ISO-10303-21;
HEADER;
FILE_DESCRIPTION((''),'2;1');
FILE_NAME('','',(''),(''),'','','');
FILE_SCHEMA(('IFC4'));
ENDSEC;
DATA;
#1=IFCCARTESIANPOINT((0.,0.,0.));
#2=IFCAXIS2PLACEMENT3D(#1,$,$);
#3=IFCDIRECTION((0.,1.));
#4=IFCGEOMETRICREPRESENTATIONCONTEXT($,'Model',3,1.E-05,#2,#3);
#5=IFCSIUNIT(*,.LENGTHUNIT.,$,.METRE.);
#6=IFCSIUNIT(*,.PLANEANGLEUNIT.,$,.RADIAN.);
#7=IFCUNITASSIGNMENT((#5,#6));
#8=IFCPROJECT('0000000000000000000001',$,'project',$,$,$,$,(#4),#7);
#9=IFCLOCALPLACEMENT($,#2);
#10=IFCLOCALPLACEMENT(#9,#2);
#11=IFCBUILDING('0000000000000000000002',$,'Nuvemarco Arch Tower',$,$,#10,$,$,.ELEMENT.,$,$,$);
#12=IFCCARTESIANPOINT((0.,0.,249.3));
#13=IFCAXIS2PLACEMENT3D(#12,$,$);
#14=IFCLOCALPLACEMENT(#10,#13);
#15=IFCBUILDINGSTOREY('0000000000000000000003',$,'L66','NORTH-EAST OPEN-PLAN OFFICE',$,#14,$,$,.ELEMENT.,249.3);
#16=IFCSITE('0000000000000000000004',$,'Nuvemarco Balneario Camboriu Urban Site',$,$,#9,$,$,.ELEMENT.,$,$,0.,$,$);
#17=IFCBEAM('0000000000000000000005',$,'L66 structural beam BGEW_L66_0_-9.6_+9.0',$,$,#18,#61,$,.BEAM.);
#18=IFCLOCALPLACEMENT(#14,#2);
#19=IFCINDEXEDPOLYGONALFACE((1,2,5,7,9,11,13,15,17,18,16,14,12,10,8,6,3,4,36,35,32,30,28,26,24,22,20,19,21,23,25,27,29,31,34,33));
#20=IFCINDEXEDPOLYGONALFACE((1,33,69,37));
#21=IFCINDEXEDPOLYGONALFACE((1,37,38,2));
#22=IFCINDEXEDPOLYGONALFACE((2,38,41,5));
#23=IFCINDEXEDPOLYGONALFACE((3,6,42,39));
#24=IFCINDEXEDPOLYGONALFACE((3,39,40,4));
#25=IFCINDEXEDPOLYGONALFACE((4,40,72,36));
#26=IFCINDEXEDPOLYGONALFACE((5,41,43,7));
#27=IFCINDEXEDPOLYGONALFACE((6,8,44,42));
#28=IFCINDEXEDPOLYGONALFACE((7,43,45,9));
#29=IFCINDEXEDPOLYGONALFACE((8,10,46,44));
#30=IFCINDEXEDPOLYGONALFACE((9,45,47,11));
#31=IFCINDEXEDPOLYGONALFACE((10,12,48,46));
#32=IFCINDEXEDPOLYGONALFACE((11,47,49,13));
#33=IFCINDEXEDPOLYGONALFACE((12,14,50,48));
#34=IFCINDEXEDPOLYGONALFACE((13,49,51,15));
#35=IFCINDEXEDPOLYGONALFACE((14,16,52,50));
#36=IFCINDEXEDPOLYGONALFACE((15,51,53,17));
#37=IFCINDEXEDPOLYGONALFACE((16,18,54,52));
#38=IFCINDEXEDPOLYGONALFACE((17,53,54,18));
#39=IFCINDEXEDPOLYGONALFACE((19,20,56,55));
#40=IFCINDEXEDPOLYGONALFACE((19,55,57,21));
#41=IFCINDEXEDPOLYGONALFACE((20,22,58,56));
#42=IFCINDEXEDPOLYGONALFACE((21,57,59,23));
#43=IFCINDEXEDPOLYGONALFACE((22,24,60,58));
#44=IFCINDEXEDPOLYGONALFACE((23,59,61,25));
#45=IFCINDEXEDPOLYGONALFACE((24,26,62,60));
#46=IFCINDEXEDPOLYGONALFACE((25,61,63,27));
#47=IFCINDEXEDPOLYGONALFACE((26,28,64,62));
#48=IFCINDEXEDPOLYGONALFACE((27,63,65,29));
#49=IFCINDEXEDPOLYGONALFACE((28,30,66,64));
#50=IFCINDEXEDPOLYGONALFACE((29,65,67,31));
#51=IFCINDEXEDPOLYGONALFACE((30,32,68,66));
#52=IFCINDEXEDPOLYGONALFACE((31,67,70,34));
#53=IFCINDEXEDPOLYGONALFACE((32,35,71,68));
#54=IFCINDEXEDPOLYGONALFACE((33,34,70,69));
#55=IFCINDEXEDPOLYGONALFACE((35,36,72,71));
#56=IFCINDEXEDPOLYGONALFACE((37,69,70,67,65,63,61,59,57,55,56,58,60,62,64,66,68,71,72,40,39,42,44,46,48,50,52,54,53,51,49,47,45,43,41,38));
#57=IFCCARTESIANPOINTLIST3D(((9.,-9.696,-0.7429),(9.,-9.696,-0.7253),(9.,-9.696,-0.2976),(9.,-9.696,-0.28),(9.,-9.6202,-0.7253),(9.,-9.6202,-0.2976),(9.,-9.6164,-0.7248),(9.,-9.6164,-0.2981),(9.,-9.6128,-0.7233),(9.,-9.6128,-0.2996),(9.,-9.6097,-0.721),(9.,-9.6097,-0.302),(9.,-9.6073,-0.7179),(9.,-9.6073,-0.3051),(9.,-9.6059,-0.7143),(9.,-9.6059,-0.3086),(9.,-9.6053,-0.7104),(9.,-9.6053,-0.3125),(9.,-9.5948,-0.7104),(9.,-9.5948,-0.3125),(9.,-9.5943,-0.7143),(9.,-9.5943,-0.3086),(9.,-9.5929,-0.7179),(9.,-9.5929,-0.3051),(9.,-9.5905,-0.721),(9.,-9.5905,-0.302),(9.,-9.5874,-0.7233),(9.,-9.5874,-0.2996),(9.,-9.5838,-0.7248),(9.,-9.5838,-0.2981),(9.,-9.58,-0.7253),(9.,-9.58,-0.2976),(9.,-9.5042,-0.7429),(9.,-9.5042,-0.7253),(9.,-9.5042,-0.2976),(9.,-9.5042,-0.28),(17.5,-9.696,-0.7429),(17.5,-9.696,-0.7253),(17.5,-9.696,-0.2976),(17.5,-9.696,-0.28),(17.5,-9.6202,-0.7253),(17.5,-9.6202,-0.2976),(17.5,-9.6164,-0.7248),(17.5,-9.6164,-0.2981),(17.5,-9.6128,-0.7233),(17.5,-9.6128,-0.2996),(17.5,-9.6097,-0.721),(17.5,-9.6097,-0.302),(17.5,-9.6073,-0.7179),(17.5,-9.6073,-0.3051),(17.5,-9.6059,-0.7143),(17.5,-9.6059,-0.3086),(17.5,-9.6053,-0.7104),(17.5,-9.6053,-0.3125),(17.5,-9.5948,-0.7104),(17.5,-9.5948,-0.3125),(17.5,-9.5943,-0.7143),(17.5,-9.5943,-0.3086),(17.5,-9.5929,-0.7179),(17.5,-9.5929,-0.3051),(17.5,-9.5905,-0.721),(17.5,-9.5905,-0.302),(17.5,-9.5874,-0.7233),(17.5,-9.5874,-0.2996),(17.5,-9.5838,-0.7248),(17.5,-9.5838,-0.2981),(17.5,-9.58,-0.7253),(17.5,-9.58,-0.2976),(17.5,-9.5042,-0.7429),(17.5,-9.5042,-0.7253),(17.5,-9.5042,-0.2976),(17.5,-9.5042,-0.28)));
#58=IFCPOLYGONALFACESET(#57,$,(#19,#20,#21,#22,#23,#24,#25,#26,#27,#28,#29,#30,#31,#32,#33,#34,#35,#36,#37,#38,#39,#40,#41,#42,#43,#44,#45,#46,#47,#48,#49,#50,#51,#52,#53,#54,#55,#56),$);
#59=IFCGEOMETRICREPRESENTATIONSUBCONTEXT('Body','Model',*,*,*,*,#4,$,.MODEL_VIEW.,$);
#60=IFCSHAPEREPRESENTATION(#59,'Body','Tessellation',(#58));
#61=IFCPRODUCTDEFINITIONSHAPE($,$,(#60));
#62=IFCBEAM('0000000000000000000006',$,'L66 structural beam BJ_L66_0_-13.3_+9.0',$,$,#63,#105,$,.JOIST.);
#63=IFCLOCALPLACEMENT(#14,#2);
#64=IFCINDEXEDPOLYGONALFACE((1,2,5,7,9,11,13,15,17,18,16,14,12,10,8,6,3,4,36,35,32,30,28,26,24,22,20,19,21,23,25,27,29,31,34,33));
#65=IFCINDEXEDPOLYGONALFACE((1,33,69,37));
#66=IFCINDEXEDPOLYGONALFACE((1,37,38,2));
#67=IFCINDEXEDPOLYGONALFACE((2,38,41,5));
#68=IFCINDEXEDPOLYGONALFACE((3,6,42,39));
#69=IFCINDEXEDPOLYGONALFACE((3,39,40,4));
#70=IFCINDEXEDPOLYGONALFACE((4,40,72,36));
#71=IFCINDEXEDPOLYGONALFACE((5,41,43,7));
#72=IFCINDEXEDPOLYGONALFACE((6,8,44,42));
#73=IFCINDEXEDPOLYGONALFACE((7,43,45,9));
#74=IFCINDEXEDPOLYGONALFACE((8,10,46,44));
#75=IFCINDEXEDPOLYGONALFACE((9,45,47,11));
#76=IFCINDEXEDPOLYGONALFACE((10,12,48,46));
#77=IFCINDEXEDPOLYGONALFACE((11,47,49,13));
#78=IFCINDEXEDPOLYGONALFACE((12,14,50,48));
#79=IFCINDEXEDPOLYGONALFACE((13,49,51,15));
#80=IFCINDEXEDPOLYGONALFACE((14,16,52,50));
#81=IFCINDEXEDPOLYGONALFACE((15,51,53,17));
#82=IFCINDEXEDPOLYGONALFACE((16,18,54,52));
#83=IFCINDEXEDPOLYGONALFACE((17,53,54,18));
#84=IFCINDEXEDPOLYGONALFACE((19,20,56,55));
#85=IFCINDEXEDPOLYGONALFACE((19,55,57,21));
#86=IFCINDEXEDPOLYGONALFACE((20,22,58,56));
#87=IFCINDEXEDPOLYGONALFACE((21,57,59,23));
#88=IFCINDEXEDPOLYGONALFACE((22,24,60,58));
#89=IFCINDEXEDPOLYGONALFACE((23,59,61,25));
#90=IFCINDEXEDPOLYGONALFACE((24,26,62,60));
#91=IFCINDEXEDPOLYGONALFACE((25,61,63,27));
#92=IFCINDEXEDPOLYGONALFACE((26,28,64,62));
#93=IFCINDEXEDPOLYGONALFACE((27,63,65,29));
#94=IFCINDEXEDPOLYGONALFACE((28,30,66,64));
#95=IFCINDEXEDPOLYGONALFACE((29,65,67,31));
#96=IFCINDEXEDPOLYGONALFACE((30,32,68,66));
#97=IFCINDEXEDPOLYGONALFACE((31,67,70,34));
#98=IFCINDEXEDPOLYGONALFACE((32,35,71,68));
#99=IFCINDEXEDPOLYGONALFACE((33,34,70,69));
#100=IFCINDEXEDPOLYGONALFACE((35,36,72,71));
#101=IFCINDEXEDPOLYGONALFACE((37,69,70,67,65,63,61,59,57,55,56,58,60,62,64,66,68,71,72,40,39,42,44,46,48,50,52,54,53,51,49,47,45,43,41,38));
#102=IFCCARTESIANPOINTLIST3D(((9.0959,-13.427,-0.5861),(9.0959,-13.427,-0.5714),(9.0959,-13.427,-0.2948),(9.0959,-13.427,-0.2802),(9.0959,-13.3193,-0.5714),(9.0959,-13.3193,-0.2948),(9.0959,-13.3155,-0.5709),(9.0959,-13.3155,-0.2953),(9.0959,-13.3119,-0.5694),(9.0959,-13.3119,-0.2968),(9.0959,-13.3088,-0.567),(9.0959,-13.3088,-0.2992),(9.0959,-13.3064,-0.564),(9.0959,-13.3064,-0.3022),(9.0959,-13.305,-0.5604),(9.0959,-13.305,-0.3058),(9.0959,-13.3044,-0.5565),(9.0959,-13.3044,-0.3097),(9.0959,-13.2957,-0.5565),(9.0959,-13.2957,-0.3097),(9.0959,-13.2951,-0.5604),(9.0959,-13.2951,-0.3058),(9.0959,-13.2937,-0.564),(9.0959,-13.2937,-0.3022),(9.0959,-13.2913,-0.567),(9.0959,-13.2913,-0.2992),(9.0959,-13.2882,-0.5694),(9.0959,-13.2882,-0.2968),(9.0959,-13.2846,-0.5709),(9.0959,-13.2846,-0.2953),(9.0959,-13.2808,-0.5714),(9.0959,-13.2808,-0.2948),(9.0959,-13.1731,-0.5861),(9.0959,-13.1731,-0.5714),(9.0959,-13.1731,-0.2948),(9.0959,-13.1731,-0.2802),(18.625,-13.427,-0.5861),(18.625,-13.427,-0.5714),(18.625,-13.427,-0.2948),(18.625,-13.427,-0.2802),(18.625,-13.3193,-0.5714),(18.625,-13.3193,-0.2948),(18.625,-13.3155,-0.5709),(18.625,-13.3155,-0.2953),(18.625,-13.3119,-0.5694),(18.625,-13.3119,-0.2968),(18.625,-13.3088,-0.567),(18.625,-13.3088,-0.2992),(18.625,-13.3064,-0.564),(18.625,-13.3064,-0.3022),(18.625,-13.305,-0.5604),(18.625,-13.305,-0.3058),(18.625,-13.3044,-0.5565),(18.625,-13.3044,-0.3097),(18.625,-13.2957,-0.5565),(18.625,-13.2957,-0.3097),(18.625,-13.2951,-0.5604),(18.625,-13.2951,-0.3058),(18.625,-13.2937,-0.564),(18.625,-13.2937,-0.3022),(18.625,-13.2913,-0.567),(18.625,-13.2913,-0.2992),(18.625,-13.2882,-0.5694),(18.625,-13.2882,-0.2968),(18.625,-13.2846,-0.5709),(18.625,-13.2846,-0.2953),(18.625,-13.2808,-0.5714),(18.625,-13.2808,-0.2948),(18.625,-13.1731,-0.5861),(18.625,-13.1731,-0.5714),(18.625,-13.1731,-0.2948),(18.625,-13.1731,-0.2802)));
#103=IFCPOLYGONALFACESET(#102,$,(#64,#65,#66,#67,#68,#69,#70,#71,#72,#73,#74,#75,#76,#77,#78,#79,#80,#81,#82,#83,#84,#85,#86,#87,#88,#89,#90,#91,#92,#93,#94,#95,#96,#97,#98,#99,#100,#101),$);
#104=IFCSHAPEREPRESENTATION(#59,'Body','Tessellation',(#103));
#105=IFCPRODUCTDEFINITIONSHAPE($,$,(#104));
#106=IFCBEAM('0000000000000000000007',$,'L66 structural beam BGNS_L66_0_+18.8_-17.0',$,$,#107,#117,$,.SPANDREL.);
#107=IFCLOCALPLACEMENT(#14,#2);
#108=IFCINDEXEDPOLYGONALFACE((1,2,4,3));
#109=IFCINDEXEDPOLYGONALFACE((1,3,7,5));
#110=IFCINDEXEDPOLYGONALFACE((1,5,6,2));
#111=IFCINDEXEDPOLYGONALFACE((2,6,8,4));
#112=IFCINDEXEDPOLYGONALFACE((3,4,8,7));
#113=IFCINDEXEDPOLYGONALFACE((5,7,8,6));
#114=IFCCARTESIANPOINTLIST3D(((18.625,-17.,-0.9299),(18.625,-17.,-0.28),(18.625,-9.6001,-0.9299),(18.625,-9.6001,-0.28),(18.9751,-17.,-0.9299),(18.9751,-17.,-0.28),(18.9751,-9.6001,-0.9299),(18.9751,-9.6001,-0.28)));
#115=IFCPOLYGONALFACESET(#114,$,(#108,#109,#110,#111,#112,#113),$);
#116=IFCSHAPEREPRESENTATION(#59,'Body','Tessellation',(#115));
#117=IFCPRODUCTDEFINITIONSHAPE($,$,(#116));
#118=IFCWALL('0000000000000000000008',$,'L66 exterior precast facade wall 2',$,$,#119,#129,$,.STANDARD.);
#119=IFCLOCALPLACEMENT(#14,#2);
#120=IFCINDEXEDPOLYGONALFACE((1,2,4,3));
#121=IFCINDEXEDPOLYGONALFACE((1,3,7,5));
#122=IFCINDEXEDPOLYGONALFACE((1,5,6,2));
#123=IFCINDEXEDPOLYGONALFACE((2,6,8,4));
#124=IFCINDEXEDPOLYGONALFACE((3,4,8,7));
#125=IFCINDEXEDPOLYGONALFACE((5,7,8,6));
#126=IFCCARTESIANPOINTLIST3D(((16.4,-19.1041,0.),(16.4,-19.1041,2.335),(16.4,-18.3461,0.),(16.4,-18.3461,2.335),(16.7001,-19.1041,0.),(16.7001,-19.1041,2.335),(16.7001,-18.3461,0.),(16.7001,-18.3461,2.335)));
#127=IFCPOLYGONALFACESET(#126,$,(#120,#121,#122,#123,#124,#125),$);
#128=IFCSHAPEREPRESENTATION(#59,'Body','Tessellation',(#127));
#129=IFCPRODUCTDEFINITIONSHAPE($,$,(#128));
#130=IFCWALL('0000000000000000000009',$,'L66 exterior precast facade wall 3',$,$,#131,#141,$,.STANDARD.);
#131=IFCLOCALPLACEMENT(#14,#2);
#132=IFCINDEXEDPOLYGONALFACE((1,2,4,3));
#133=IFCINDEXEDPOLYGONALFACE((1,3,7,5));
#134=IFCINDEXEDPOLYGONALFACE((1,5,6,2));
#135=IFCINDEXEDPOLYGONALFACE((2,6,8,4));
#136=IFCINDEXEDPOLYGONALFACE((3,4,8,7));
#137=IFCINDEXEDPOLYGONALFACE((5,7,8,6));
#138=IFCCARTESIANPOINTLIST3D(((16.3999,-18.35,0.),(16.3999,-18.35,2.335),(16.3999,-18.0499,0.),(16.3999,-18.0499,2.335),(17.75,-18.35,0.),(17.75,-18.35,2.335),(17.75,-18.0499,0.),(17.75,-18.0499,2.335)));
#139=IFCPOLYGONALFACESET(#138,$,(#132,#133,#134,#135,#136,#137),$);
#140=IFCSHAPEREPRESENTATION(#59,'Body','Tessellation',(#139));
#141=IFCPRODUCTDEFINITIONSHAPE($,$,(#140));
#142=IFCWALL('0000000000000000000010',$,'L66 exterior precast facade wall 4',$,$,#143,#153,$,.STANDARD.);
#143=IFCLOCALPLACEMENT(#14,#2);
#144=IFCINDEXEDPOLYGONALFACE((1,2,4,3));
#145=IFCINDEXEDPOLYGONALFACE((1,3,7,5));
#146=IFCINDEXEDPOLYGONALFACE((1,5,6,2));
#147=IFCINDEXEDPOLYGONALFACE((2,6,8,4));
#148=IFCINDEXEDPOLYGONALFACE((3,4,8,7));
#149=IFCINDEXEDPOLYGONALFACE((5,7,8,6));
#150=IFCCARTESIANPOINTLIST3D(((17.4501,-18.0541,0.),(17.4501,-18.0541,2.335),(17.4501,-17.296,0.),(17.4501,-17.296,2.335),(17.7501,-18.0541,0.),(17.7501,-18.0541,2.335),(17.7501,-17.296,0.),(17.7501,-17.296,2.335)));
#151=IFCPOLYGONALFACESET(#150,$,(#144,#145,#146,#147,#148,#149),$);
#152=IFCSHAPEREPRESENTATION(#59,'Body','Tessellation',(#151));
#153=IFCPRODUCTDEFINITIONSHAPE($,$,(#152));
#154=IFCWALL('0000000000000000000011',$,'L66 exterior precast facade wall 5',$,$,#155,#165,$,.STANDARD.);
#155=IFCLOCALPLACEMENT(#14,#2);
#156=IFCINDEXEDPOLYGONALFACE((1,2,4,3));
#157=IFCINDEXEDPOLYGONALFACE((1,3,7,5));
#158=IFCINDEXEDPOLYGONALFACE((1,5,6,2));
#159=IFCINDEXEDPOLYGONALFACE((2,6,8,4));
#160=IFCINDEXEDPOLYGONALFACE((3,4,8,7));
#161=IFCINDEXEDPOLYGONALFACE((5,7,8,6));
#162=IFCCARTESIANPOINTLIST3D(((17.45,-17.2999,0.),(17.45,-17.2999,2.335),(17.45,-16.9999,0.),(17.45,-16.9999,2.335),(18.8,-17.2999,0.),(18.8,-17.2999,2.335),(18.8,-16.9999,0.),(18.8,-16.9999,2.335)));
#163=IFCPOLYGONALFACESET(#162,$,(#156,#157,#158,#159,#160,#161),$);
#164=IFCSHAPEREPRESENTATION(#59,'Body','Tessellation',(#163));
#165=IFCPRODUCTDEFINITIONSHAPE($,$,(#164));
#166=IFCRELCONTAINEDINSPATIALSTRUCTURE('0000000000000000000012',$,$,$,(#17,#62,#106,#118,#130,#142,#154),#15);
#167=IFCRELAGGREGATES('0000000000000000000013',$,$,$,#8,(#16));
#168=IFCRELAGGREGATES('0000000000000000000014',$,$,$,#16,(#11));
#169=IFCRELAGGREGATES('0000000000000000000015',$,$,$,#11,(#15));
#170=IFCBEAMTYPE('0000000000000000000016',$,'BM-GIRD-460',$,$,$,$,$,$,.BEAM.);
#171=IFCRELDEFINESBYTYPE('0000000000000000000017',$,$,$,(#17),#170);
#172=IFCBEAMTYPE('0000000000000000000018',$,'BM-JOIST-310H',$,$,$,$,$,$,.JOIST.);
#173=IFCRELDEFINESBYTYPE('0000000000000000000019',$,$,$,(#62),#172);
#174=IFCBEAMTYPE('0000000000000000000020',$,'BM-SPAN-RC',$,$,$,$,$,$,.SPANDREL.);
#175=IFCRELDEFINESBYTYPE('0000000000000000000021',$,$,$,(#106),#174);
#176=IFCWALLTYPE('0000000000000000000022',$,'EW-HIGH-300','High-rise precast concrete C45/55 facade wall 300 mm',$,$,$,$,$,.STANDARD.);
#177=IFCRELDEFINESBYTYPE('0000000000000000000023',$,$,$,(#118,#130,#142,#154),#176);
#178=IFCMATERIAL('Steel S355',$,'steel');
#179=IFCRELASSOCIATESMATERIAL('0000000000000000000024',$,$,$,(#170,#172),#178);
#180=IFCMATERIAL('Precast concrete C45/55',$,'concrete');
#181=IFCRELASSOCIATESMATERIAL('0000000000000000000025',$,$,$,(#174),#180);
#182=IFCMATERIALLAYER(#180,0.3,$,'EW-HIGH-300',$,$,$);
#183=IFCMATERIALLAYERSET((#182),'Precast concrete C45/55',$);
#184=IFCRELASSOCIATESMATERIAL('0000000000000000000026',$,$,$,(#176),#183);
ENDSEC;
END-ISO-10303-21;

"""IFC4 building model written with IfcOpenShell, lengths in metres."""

from ifc_helpers import new_model, si_unit, direction, frame, frame_2d, origin, origin_2d, place, context, subcontext, project, spatial, rectangle, i_section, extrude, material, layer, layer_set, material_profile, profile_set, type_object, element, save


model = new_model("IFC4")

# Units and contexts
model_context = context("Model", 3, precision=1e-05, world=origin(), true_north=direction((0.0, 1.0)))
body_context = subcontext(model_context, "Body", "Model", "MODEL_VIEW")
ifc_project = project(units=[si_unit("LENGTHUNIT", "METRE"), si_unit("PLANEANGLEUNIT", "RADIAN")], contexts=[model_context])

# Site, building, storey
site_placement = place(None, origin())
site = spatial("IfcSite", under=ifc_project, at=site_placement, Name="Nuvemarco Balneario Camboriu Urban Site", CompositionType="ELEMENT", RefElevation=0.0)
building_placement = place(site_placement, origin())
building = spatial("IfcBuilding", under=site, at=building_placement, Name="Nuvemarco Arch Tower", CompositionType="ELEMENT")
storey_placement = place(building_placement, frame((0.0, 0.0, 249.3)))
storey = spatial("IfcBuildingStorey", under=building, at=storey_placement, Name="L66", Description="NORTH-EAST OPEN-PLAN OFFICE", CompositionType="ELEMENT", Elevation=249.3)

# Shared definitions
ifc_material_1 = material(Name="Steel S355", Category="steel")

# Beams
ifc_material_profile_1 = material_profile(ifc_material_1, i_section(OverallWidth=0.1919, OverallDepth=0.4629, WebThickness=0.0105, FlangeThickness=0.0176, FilletRadius=0.0149, at=origin_2d()), Name="W460x89")
ifc_profile_set_1 = profile_set([ifc_material_profile_1], Name="Steel S355")
beam_type_1 = type_object("IfcBeamType", Name="BM-GIRD-460", PredefinedType="BEAM", material=ifc_profile_set_1)
beam_1_placement = place(storey_placement, frame((9.0, -9.6001, -0.5115), z_axis=(1.0, 0.0, 0.0), x_axis=(0.0, 1.0, 0.0)))
element("IfcBeam", 1, at=beam_1_placement, inside=storey, type_object=beam_type_1, Name="L66 structural beam BGEW_L66_0_-9.6_+9.0", PredefinedType="BEAM", context=body_context, shape_type="SweptSolid", body=[
    extrude(i_section(OverallWidth=0.1919, OverallDepth=0.4629, WebThickness=0.0105, FlangeThickness=0.0176, FilletRadius=0.0149, at=origin_2d()), origin(), (0.0, 0.0, 1.0), 8.5),
])
ifc_material_profile_2 = material_profile(ifc_material_1, i_section(OverallWidth=0.2539, OverallDepth=0.3059, WebThickness=0.0088, FlangeThickness=0.0146, FilletRadius=0.0149, at=origin_2d()), Name="W310x79")
ifc_profile_set_2 = profile_set([ifc_material_profile_2], Name="Steel S355")
beam_type_2 = type_object("IfcBeamType", Name="BM-JOIST-310H", PredefinedType="JOIST", material=ifc_profile_set_2)
beam_2_placement = place(storey_placement, frame((9.0959, -13.3, -0.4331), z_axis=(1.0, 0.0, 0.0), x_axis=(0.0, 1.0, 0.0)))
element("IfcBeam", 2, at=beam_2_placement, inside=storey, type_object=beam_type_2, Name="L66 structural beam BJ_L66_0_-13.3_+9.0", PredefinedType="JOIST", context=body_context, shape_type="SweptSolid", body=[
    extrude(i_section(OverallWidth=0.2539, OverallDepth=0.3059, WebThickness=0.0088, FlangeThickness=0.0146, FilletRadius=0.0149, at=origin_2d()), origin(), (0.0, 0.0, 1.0), 9.5291),
])
ifc_material_2 = material(Name="Precast concrete C45/55", Category="concrete")
ifc_material_profile_3 = material_profile(ifc_material_2, rectangle(XDim=0.3501, YDim=0.6499, at=origin_2d()), Name="PC-SP-350x650")
ifc_profile_set_3 = profile_set([ifc_material_profile_3], Name="Precast concrete C45/55")
beam_type_3 = type_object("IfcBeamType", Name="BM-SPAN-RC", PredefinedType="SPANDREL", material=ifc_profile_set_3)
beam_3_placement = place(storey_placement, frame((18.8, -17.0, -0.605), z_axis=(0.0, 1.0, 0.0), x_axis=(-1.0, 0.0, 0.0)))
element("IfcBeam", 3, at=beam_3_placement, inside=storey, type_object=beam_type_3, Name="L66 structural beam BGNS_L66_0_+18.8_-17.0", PredefinedType="SPANDREL", context=body_context, shape_type="SweptSolid", body=[
    extrude(rectangle(XDim=0.3501, YDim=0.6499, at=origin_2d()), origin(), (0.0, 0.0, 1.0), 7.3999),
])

# Walls
ifc_layer_1 = layer(ifc_material_2, 0.3, Name="EW-HIGH-300")
ifc_layer_set_1 = layer_set([ifc_layer_1], Name="Precast concrete C45/55")
wall_type_1 = type_object("IfcWallType", Name="EW-HIGH-300", Description="High-rise precast concrete C45/55 facade wall 300 mm", PredefinedType="STANDARD", material=ifc_layer_set_1)
wall_1_placement = place(storey_placement, frame((16.55, -19.104, 0.0), z_axis=(0.0, 0.0, 1.0), x_axis=(0.0, 1.0, 0.0)))
element("IfcWall", 4, at=wall_1_placement, inside=storey, type_object=wall_type_1, Name="L66 exterior precast facade wall 2", PredefinedType="STANDARD", context=body_context, shape_type="SweptSolid", body=[
    extrude(rectangle(XDim=0.7581, YDim=0.3, at=frame_2d((0.3789, 0.0))), origin(), (0.0, 0.0, 1.0), 2.335),
])
wall_2_placement = place(storey_placement, frame((16.3999, -18.2, 0.0), z_axis=(0.0, 0.0, 1.0), x_axis=(1.0, 0.0, 0.0)))
element("IfcWall", 5, at=wall_2_placement, inside=storey, type_object=wall_type_1, Name="L66 exterior precast facade wall 3", PredefinedType="STANDARD", context=body_context, shape_type="SweptSolid", body=[
    extrude(rectangle(XDim=1.3501, YDim=0.3, at=frame_2d((0.675, 0.0))), origin(), (0.0, 0.0, 1.0), 2.335),
])
wall_3_placement = place(storey_placement, frame((17.6001, -18.054, 0.0), z_axis=(0.0, 0.0, 1.0), x_axis=(0.0, 1.0, 0.0)))
element("IfcWall", 6, at=wall_3_placement, inside=storey, type_object=wall_type_1, Name="L66 exterior precast facade wall 4", PredefinedType="STANDARD", context=body_context, shape_type="SweptSolid", body=[
    extrude(rectangle(XDim=0.7581, YDim=0.3, at=frame_2d((0.3789, 0.0))), origin(), (0.0, 0.0, 1.0), 2.335),
])
wall_4_placement = place(storey_placement, frame((17.45, -17.1499, 0.0), z_axis=(0.0, 0.0, 1.0), x_axis=(1.0, 0.0, 0.0)))
element("IfcWall", 7, at=wall_4_placement, inside=storey, type_object=wall_type_1, Name="L66 exterior precast facade wall 5", PredefinedType="STANDARD", context=body_context, shape_type="SweptSolid", body=[
    extrude(rectangle(XDim=1.3501, YDim=0.3, at=frame_2d((0.675, 0.0))), origin(), (0.0, 0.0, 1.0), 2.335),
])

save(model, "model.ifc")
